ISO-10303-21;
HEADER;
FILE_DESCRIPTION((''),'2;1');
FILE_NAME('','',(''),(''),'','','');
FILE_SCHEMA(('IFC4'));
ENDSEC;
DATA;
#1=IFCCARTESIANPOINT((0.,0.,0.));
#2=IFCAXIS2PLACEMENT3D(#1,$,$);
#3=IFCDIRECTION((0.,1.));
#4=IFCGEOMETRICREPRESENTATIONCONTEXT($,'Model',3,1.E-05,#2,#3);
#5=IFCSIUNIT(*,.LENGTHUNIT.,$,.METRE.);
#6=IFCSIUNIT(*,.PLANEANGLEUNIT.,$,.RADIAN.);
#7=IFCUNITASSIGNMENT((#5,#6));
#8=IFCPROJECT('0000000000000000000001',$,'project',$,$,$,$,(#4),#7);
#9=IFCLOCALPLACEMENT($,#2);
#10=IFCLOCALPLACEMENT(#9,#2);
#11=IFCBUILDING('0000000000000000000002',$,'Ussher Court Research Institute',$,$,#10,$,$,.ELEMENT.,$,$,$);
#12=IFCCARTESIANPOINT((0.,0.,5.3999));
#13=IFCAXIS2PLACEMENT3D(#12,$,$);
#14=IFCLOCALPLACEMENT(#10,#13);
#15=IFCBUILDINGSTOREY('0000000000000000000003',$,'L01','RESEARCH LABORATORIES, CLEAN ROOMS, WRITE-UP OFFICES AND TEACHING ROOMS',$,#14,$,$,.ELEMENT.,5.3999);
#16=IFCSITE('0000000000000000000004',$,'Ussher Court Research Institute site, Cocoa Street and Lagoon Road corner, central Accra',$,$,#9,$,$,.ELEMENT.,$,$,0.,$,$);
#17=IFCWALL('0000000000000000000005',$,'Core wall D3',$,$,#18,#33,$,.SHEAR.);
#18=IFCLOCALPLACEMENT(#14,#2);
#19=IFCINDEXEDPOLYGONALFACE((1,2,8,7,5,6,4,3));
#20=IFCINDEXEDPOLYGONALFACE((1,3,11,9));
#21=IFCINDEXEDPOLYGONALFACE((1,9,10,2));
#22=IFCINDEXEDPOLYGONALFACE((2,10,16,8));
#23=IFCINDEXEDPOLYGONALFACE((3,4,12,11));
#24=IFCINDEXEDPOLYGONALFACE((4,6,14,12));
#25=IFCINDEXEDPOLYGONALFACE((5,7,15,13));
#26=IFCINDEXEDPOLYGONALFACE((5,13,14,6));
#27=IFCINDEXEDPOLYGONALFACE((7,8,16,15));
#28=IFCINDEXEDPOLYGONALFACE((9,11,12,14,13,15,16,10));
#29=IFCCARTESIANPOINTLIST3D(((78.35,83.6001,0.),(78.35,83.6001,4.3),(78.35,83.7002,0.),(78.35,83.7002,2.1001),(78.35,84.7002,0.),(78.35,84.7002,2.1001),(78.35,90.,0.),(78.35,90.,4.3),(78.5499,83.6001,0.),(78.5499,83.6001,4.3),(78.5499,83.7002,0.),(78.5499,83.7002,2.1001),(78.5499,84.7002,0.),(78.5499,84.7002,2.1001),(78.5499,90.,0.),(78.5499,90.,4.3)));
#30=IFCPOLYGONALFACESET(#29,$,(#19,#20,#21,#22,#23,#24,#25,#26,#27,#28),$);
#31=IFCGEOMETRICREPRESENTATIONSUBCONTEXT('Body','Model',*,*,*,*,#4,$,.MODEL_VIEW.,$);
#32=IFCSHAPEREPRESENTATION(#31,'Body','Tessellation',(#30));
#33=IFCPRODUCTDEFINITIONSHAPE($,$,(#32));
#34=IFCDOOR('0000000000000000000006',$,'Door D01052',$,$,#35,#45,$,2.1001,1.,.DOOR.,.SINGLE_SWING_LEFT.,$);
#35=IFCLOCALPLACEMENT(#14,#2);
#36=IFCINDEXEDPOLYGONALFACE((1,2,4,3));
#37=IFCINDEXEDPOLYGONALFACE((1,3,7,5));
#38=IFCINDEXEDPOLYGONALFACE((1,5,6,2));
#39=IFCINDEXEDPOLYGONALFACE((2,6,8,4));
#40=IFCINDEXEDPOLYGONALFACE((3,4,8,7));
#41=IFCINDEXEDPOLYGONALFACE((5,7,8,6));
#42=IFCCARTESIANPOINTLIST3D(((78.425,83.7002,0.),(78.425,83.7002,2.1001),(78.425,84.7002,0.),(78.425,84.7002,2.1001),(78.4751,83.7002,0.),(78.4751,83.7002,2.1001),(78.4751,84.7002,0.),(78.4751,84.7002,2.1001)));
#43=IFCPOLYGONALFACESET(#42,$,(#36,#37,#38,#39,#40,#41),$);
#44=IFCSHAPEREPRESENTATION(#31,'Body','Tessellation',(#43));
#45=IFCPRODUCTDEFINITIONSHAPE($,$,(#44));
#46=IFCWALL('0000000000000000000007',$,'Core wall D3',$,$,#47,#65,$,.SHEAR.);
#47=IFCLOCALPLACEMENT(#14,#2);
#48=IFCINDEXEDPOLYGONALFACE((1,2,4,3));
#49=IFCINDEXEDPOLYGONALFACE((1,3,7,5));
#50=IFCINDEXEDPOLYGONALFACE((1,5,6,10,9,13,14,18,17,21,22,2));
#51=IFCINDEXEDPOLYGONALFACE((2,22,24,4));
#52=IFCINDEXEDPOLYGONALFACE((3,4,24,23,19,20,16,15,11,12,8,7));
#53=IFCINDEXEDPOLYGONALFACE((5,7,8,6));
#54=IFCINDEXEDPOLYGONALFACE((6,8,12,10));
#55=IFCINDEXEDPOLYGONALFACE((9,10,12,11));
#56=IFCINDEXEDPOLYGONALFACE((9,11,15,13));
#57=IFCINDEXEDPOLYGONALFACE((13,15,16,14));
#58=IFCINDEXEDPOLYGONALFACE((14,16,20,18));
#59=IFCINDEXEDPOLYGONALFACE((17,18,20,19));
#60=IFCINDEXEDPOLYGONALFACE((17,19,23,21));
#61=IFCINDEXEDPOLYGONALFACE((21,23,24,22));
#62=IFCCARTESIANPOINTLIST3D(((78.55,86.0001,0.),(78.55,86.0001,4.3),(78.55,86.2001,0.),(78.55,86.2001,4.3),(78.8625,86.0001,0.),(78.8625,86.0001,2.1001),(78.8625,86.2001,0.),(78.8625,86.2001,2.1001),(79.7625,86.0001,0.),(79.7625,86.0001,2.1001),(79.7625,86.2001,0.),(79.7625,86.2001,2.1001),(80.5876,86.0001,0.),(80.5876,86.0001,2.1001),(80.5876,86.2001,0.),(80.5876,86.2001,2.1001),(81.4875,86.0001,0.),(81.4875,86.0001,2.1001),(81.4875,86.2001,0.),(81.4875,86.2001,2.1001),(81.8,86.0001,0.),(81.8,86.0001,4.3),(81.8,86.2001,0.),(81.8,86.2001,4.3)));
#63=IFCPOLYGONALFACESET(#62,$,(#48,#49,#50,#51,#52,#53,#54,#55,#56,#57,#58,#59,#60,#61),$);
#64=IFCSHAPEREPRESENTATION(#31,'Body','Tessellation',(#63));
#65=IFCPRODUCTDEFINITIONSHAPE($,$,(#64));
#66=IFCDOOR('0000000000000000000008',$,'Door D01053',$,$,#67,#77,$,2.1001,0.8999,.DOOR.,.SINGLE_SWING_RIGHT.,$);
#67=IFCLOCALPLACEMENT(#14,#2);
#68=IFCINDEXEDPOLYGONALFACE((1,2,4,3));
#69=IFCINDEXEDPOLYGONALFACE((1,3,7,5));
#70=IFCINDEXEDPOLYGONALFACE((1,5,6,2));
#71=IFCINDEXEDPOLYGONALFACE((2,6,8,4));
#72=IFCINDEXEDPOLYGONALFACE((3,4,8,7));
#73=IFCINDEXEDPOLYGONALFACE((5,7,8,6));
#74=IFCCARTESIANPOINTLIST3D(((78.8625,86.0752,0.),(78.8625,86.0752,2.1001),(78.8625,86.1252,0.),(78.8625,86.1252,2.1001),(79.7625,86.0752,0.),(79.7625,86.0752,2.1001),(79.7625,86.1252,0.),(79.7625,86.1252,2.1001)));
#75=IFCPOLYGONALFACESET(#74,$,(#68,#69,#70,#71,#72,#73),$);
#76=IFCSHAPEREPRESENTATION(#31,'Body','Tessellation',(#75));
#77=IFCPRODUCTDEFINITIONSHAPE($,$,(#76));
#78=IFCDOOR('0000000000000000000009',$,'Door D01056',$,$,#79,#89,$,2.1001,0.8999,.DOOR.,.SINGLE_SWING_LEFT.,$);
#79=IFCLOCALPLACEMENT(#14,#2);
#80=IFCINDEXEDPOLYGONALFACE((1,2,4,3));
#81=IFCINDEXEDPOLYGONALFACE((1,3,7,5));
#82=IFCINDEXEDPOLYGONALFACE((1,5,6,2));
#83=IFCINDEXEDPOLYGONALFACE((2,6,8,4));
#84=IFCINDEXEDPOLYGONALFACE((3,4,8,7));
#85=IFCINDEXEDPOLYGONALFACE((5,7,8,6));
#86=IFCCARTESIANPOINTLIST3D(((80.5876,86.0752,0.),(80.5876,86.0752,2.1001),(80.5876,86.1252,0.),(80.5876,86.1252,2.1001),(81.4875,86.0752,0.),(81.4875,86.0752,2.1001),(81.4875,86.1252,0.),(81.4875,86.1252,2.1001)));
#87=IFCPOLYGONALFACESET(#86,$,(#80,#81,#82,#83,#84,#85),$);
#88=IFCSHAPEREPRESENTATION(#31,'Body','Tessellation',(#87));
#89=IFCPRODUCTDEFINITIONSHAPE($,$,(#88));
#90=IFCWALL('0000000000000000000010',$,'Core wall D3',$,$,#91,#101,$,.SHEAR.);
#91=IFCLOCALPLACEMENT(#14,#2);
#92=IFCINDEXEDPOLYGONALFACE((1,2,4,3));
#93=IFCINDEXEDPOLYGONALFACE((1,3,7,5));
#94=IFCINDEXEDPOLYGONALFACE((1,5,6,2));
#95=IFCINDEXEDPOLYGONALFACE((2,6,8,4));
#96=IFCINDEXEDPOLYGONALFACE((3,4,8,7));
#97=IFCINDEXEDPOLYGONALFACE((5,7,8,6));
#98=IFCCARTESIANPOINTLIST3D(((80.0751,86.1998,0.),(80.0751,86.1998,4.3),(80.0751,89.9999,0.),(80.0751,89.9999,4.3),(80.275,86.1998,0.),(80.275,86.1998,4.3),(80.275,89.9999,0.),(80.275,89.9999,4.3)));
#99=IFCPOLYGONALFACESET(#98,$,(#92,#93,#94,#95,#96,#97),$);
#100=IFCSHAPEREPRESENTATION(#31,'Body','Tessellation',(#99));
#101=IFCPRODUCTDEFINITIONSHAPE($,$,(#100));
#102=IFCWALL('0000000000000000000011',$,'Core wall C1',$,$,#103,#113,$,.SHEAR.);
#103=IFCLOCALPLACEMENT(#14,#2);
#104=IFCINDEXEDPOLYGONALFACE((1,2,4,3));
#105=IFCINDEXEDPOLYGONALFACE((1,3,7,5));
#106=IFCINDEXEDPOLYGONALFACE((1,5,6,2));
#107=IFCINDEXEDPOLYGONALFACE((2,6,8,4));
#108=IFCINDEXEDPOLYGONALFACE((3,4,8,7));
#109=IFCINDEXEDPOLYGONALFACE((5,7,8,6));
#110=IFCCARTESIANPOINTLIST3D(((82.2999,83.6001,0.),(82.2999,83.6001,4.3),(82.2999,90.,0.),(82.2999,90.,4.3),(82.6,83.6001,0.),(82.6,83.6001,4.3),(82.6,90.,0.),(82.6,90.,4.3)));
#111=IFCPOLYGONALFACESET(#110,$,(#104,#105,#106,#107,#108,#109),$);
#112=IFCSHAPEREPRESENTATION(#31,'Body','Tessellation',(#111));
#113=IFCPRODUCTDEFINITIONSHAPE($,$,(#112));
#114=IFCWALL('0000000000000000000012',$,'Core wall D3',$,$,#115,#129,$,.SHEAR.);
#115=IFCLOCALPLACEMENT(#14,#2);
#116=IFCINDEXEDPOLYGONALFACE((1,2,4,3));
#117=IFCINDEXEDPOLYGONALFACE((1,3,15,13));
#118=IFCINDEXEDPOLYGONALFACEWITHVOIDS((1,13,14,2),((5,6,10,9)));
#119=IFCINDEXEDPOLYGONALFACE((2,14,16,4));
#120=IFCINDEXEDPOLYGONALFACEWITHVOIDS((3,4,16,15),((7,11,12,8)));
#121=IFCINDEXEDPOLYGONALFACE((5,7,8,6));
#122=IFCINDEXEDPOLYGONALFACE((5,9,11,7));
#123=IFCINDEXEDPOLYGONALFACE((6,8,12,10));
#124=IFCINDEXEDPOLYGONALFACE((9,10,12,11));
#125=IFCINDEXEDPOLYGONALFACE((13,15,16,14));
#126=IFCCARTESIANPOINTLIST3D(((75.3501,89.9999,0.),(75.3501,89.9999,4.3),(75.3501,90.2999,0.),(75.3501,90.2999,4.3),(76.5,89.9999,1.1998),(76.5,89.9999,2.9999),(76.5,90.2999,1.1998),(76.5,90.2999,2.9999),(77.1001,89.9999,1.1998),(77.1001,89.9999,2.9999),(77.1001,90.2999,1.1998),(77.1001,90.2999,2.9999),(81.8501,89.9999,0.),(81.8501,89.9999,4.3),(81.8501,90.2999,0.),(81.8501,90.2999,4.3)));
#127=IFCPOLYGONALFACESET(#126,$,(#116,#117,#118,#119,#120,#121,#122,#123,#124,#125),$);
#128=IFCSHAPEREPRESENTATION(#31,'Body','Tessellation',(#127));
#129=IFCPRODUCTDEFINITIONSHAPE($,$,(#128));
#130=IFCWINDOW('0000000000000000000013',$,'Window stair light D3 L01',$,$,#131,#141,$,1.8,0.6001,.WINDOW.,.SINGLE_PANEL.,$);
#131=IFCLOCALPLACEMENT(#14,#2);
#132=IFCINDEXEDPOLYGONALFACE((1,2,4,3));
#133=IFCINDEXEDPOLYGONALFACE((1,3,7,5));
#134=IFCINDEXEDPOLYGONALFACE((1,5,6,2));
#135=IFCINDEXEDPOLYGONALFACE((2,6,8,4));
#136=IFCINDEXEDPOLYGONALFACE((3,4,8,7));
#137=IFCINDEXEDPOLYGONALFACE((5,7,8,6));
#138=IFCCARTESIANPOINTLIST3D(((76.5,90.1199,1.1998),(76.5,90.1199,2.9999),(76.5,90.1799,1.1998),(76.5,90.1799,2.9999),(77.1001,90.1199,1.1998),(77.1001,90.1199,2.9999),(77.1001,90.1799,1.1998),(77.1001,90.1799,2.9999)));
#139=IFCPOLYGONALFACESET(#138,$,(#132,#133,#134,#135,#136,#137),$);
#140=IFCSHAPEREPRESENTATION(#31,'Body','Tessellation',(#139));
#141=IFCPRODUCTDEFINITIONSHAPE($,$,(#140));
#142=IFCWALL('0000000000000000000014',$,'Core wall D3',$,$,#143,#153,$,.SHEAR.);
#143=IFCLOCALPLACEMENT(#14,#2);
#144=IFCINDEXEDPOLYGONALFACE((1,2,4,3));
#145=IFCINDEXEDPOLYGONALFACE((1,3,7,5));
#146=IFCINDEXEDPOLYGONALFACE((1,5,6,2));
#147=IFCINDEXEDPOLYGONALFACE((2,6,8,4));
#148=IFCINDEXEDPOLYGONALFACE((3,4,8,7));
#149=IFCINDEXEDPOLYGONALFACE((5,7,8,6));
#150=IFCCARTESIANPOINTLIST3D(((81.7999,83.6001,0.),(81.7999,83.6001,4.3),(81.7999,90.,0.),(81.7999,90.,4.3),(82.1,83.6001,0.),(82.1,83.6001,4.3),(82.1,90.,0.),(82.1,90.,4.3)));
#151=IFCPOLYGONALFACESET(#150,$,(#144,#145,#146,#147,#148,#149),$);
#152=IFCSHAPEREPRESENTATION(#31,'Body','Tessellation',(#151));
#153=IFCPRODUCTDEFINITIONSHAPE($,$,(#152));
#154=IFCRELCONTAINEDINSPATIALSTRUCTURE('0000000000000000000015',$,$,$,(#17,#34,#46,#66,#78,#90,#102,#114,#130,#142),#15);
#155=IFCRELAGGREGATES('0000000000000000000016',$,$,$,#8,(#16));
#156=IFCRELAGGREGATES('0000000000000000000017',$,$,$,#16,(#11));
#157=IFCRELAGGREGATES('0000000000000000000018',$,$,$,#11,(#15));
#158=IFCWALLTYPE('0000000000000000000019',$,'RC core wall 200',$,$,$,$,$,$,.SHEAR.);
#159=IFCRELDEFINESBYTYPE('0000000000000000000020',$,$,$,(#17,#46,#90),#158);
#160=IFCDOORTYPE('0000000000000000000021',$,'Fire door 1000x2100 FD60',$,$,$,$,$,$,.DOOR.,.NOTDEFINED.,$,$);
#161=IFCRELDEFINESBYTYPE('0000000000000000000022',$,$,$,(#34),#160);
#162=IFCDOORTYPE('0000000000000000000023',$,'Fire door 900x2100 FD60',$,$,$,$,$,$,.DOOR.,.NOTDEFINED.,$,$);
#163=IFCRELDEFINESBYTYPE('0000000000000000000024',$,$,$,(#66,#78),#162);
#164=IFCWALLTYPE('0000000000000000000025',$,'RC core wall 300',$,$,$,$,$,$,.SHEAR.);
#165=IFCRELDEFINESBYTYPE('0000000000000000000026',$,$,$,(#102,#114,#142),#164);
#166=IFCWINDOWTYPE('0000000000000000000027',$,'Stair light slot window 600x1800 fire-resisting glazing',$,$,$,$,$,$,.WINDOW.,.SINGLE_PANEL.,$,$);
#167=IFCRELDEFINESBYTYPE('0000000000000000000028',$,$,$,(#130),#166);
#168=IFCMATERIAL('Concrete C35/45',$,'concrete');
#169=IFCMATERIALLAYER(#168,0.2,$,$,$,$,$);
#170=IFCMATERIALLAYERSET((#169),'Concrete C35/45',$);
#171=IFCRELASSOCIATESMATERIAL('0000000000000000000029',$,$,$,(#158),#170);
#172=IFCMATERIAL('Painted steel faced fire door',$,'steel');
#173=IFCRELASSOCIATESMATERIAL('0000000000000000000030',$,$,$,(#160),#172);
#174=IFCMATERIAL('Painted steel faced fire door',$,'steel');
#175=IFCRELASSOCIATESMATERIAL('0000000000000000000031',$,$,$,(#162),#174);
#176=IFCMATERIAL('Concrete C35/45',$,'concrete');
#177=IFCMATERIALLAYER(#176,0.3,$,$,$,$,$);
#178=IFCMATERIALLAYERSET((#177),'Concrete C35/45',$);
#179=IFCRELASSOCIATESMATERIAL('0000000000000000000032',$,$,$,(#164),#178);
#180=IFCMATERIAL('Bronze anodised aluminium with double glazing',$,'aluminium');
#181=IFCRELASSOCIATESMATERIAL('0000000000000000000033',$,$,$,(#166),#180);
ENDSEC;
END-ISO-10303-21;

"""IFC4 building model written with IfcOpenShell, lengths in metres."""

from ifc_helpers import new_model, si_unit, direction, frame, frame_2d, origin, place, context, subcontext, project, spatial, rectangle, extrude, material, layer, layer_set, type_object, element, fill, save


model = new_model("IFC4")

# Units and contexts
model_context = context("Model", 3, precision=1e-05, world=origin(), true_north=direction((0.0, 1.0)))
body_context = subcontext(model_context, "Body", "Model", "MODEL_VIEW")
ifc_project = project(units=[si_unit("LENGTHUNIT", "METRE"), si_unit("PLANEANGLEUNIT", "RADIAN")], contexts=[model_context])

# Site, building, storey
site_placement = place(None, origin())
site = spatial("IfcSite", under=ifc_project, at=site_placement, Name="Ussher Court Research Institute site, Cocoa Street and Lagoon Road corner, central Accra", CompositionType="ELEMENT", RefElevation=0.0)
building_placement = place(site_placement, origin())
building = spatial("IfcBuilding", under=site, at=building_placement, Name="Ussher Court Research Institute", CompositionType="ELEMENT")
storey_placement = place(building_placement, frame((0.0, 0.0, 5.3999)))
storey = spatial("IfcBuildingStorey", under=building, at=storey_placement, Name="L01", Description="RESEARCH LABORATORIES, CLEAN ROOMS, WRITE-UP OFFICES AND TEACHING ROOMS", CompositionType="ELEMENT", Elevation=5.3999)

# Wall, opening, door
ifc_material_1 = material(Name="Concrete C35/45", Category="concrete")
ifc_layer_1 = layer(ifc_material_1, 0.2)
ifc_layer_set_1 = layer_set([ifc_layer_1], Name="Concrete C35/45")
wall_type_1 = type_object("IfcWallType", Name="RC core wall 200", PredefinedType="SHEAR", material=ifc_layer_set_1)
wall_1_placement = place(storey_placement, frame((78.45, 83.6001, 0.0), z_axis=(0.0, 0.0, 1.0), x_axis=(0.0, 1.0, 0.0)))
wall_1 = element("IfcWall", 1, at=wall_1_placement, inside=storey, type_object=wall_type_1, Name="Core wall D3", PredefinedType="SHEAR", context=body_context, shape_type="SweptSolid", body=[
    extrude(rectangle(XDim=6.3999, YDim=0.2, at=frame_2d((3.2, 0.0))), origin(), (0.0, 0.0, 1.0), 4.3),
])
opening_1_placement = place(wall_1_placement, frame((0.1001, 0.0, 0.0)))
opening_1 = element("IfcOpeningElement", 2, at=opening_1_placement, cuts=wall_1, PredefinedType="OPENING", context=body_context, shape_type="SweptSolid", body=[
    extrude(rectangle(XDim=1.0, YDim=2.1001, at=frame_2d((0.5, 1.05))), frame((0.0, 0.1099, 0.0), z_axis=(0.0, -1.0, 0.0), x_axis=(1.0, 0.0, 0.0)), (0.0, 0.0, 1.0), 0.22),
])
ifc_material_2 = material(Name="Painted steel faced fire door", Category="steel")
door_type_1 = type_object("IfcDoorType", Name="Fire door 1000x2100 FD60", OperationType="NOTDEFINED", PredefinedType="DOOR", material=ifc_material_2)
door_1_placement = place(opening_1_placement, origin())
door_1 = element("IfcDoor", 3, at=door_1_placement, inside=storey, type_object=door_type_1, Name="Door D01052", OperationType="SINGLE_SWING_LEFT", OverallHeight=2.1001, OverallWidth=1.0, PredefinedType="DOOR", context=body_context, shape_type="SweptSolid", body=[
    extrude(rectangle(XDim=1.0, YDim=2.1001, at=frame_2d((0.5, 1.05))), frame((0.0, 0.0249, 0.0), z_axis=(0.0, -1.0, 0.0), x_axis=(1.0, 0.0, 0.0)), (0.0, 0.0, 1.0), 0.05),
])
fill(opening_1, door_1)

# Wall, openings, doors
wall_2_placement = place(storey_placement, frame((81.8, 86.1001, 0.0), z_axis=(0.0, 0.0, 1.0), x_axis=(-1.0, 0.0, 0.0)))
wall_2 = element("IfcWall", 4, at=wall_2_placement, inside=storey, type_object=wall_type_1, Name="Core wall D3", PredefinedType="SHEAR", context=body_context, shape_type="SweptSolid", body=[
    extrude(rectangle(XDim=3.25, YDim=0.2, at=frame_2d((1.625, 0.0))), origin(), (0.0, 0.0, 1.0), 4.3),
])
opening_2_placement = place(wall_2_placement, frame((2.0376, 0.0, 0.0)))
opening_2 = element("IfcOpeningElement", 5, at=opening_2_placement, cuts=wall_2, PredefinedType="OPENING", context=body_context, shape_type="SweptSolid", body=[
    extrude(rectangle(XDim=0.8999, YDim=2.1001, at=frame_2d((0.45, 1.05))), frame((0.0, 0.1099, 0.0), z_axis=(0.0, -1.0, 0.0), x_axis=(1.0, 0.0, 0.0)), (0.0, 0.0, 1.0), 0.22),
])
opening_3_placement = place(wall_2_placement, frame((0.3125, 0.0, 0.0)))
opening_3 = element("IfcOpeningElement", 6, at=opening_3_placement, cuts=wall_2, PredefinedType="OPENING", context=body_context, shape_type="SweptSolid", body=[
    extrude(rectangle(XDim=0.8999, YDim=2.1001, at=frame_2d((0.45, 1.05))), frame((0.0, 0.1099, 0.0), z_axis=(0.0, -1.0, 0.0), x_axis=(1.0, 0.0, 0.0)), (0.0, 0.0, 1.0), 0.22),
])
ifc_material_3 = material(Name="Painted steel faced fire door", Category="steel")
door_type_2 = type_object("IfcDoorType", Name="Fire door 900x2100 FD60", OperationType="NOTDEFINED", PredefinedType="DOOR", material=ifc_material_3)
door_2_placement = place(opening_2_placement, origin())
door_2 = element("IfcDoor", 7, at=door_2_placement, inside=storey, type_object=door_type_2, Name="Door D01053", OperationType="SINGLE_SWING_RIGHT", OverallHeight=2.1001, OverallWidth=0.8999, PredefinedType="DOOR", context=body_context, shape_type="SweptSolid", body=[
    extrude(rectangle(XDim=0.8999, YDim=2.1001, at=frame_2d((0.45, 1.05))), frame((0.0, 0.0249, 0.0), z_axis=(0.0, -1.0, 0.0), x_axis=(1.0, 0.0, 0.0)), (0.0, 0.0, 1.0), 0.05),
])
fill(opening_2, door_2)
door_3_placement = place(opening_3_placement, origin())
door_3 = element("IfcDoor", 8, at=door_3_placement, inside=storey, type_object=door_type_2, Name="Door D01056", OperationType="SINGLE_SWING_LEFT", OverallHeight=2.1001, OverallWidth=0.8999, PredefinedType="DOOR", context=body_context, shape_type="SweptSolid", body=[
    extrude(rectangle(XDim=0.8999, YDim=2.1001, at=frame_2d((0.45, 1.05))), frame((0.0, 0.0249, 0.0), z_axis=(0.0, -1.0, 0.0), x_axis=(1.0, 0.0, 0.0)), (0.0, 0.0, 1.0), 0.05),
])
fill(opening_3, door_3)

# Walls
wall_3_placement = place(storey_placement, frame((80.175, 86.2, 0.0), z_axis=(0.0, 0.0, 1.0), x_axis=(0.0, 1.0, 0.0)))
element("IfcWall", 9, at=wall_3_placement, inside=storey, type_object=wall_type_1, Name="Core wall D3", PredefinedType="SHEAR", context=body_context, shape_type="SweptSolid", body=[
    extrude(rectangle(XDim=3.8, YDim=0.2, at=frame_2d((1.8999, 0.0))), origin(), (0.0, 0.0, 1.0), 4.3),
])
ifc_material_4 = material(Name="Concrete C35/45", Category="concrete")
ifc_layer_2 = layer(ifc_material_4, 0.3)
ifc_layer_set_2 = layer_set([ifc_layer_2], Name="Concrete C35/45")
wall_type_2 = type_object("IfcWallType", Name="RC core wall 300", PredefinedType="SHEAR", material=ifc_layer_set_2)
wall_4_placement = place(storey_placement, frame((82.45, 83.6001, 0.0), z_axis=(0.0, 0.0, 1.0), x_axis=(0.0, 1.0, 0.0)))
element("IfcWall", 10, at=wall_4_placement, inside=storey, type_object=wall_type_2, Name="Core wall C1", PredefinedType="SHEAR", context=body_context, shape_type="SweptSolid", body=[
    extrude(rectangle(XDim=6.3999, YDim=0.3, at=frame_2d((3.2, 0.0))), origin(), (0.0, 0.0, 1.0), 4.3),
])

# Wall, opening, window
wall_5_placement = place(storey_placement, frame((75.3501, 90.1499, 0.0), z_axis=(0.0, 0.0, 1.0), x_axis=(1.0, 0.0, 0.0)))
wall_5 = element("IfcWall", 11, at=wall_5_placement, inside=storey, type_object=wall_type_2, Name="Core wall D3", PredefinedType="SHEAR", context=body_context, shape_type="SweptSolid", body=[
    extrude(rectangle(XDim=6.5, YDim=0.3, at=frame_2d((3.25, 0.0))), origin(), (0.0, 0.0, 1.0), 4.3),
])
opening_4_placement = place(wall_5_placement, frame((1.1499, 0.0, 1.2)))
opening_4 = element("IfcOpeningElement", 12, at=opening_4_placement, cuts=wall_5, PredefinedType="OPENING", context=body_context, shape_type="SweptSolid", body=[
    extrude(rectangle(XDim=0.6001, YDim=1.8, at=frame_2d((0.3, 0.8999))), frame((0.0, 0.1602, 0.0), z_axis=(0.0, -1.0, 0.0), x_axis=(1.0, 0.0, 0.0)), (0.0, 0.0, 1.0), 0.3201),
])
ifc_material_5 = material(Name="Bronze anodised aluminium with double glazing", Category="aluminium")
window_type = type_object("IfcWindowType", Name="Stair light slot window 600x1800 fire-resisting glazing", PartitioningType="SINGLE_PANEL", PredefinedType="WINDOW", material=ifc_material_5)
window_placement = place(opening_4_placement, origin())
window = element("IfcWindow", 13, at=window_placement, inside=storey, type_object=window_type, Name="Window stair light D3 L01", OverallHeight=1.8, OverallWidth=0.6001, PartitioningType="SINGLE_PANEL", PredefinedType="WINDOW", context=body_context, shape_type="SweptSolid", body=[
    extrude(rectangle(XDim=0.6001, YDim=1.8, at=frame_2d((0.3, 0.8999))), frame((0.0, 0.03, 0.0), z_axis=(0.0, -1.0, 0.0), x_axis=(1.0, 0.0, 0.0)), (0.0, 0.0, 1.0), 0.0601),
])
fill(opening_4, window)

# Wall
wall_6_placement = place(storey_placement, frame((81.95, 83.6001, 0.0), z_axis=(0.0, 0.0, 1.0), x_axis=(0.0, 1.0, 0.0)))
element("IfcWall", 14, at=wall_6_placement, inside=storey, type_object=wall_type_2, Name="Core wall D3", PredefinedType="SHEAR", context=body_context, shape_type="SweptSolid", body=[
    extrude(rectangle(XDim=6.3999, YDim=0.3, at=frame_2d((3.2, 0.0))), origin(), (0.0, 0.0, 1.0), 4.3),
])

save(model, "model.ifc")
